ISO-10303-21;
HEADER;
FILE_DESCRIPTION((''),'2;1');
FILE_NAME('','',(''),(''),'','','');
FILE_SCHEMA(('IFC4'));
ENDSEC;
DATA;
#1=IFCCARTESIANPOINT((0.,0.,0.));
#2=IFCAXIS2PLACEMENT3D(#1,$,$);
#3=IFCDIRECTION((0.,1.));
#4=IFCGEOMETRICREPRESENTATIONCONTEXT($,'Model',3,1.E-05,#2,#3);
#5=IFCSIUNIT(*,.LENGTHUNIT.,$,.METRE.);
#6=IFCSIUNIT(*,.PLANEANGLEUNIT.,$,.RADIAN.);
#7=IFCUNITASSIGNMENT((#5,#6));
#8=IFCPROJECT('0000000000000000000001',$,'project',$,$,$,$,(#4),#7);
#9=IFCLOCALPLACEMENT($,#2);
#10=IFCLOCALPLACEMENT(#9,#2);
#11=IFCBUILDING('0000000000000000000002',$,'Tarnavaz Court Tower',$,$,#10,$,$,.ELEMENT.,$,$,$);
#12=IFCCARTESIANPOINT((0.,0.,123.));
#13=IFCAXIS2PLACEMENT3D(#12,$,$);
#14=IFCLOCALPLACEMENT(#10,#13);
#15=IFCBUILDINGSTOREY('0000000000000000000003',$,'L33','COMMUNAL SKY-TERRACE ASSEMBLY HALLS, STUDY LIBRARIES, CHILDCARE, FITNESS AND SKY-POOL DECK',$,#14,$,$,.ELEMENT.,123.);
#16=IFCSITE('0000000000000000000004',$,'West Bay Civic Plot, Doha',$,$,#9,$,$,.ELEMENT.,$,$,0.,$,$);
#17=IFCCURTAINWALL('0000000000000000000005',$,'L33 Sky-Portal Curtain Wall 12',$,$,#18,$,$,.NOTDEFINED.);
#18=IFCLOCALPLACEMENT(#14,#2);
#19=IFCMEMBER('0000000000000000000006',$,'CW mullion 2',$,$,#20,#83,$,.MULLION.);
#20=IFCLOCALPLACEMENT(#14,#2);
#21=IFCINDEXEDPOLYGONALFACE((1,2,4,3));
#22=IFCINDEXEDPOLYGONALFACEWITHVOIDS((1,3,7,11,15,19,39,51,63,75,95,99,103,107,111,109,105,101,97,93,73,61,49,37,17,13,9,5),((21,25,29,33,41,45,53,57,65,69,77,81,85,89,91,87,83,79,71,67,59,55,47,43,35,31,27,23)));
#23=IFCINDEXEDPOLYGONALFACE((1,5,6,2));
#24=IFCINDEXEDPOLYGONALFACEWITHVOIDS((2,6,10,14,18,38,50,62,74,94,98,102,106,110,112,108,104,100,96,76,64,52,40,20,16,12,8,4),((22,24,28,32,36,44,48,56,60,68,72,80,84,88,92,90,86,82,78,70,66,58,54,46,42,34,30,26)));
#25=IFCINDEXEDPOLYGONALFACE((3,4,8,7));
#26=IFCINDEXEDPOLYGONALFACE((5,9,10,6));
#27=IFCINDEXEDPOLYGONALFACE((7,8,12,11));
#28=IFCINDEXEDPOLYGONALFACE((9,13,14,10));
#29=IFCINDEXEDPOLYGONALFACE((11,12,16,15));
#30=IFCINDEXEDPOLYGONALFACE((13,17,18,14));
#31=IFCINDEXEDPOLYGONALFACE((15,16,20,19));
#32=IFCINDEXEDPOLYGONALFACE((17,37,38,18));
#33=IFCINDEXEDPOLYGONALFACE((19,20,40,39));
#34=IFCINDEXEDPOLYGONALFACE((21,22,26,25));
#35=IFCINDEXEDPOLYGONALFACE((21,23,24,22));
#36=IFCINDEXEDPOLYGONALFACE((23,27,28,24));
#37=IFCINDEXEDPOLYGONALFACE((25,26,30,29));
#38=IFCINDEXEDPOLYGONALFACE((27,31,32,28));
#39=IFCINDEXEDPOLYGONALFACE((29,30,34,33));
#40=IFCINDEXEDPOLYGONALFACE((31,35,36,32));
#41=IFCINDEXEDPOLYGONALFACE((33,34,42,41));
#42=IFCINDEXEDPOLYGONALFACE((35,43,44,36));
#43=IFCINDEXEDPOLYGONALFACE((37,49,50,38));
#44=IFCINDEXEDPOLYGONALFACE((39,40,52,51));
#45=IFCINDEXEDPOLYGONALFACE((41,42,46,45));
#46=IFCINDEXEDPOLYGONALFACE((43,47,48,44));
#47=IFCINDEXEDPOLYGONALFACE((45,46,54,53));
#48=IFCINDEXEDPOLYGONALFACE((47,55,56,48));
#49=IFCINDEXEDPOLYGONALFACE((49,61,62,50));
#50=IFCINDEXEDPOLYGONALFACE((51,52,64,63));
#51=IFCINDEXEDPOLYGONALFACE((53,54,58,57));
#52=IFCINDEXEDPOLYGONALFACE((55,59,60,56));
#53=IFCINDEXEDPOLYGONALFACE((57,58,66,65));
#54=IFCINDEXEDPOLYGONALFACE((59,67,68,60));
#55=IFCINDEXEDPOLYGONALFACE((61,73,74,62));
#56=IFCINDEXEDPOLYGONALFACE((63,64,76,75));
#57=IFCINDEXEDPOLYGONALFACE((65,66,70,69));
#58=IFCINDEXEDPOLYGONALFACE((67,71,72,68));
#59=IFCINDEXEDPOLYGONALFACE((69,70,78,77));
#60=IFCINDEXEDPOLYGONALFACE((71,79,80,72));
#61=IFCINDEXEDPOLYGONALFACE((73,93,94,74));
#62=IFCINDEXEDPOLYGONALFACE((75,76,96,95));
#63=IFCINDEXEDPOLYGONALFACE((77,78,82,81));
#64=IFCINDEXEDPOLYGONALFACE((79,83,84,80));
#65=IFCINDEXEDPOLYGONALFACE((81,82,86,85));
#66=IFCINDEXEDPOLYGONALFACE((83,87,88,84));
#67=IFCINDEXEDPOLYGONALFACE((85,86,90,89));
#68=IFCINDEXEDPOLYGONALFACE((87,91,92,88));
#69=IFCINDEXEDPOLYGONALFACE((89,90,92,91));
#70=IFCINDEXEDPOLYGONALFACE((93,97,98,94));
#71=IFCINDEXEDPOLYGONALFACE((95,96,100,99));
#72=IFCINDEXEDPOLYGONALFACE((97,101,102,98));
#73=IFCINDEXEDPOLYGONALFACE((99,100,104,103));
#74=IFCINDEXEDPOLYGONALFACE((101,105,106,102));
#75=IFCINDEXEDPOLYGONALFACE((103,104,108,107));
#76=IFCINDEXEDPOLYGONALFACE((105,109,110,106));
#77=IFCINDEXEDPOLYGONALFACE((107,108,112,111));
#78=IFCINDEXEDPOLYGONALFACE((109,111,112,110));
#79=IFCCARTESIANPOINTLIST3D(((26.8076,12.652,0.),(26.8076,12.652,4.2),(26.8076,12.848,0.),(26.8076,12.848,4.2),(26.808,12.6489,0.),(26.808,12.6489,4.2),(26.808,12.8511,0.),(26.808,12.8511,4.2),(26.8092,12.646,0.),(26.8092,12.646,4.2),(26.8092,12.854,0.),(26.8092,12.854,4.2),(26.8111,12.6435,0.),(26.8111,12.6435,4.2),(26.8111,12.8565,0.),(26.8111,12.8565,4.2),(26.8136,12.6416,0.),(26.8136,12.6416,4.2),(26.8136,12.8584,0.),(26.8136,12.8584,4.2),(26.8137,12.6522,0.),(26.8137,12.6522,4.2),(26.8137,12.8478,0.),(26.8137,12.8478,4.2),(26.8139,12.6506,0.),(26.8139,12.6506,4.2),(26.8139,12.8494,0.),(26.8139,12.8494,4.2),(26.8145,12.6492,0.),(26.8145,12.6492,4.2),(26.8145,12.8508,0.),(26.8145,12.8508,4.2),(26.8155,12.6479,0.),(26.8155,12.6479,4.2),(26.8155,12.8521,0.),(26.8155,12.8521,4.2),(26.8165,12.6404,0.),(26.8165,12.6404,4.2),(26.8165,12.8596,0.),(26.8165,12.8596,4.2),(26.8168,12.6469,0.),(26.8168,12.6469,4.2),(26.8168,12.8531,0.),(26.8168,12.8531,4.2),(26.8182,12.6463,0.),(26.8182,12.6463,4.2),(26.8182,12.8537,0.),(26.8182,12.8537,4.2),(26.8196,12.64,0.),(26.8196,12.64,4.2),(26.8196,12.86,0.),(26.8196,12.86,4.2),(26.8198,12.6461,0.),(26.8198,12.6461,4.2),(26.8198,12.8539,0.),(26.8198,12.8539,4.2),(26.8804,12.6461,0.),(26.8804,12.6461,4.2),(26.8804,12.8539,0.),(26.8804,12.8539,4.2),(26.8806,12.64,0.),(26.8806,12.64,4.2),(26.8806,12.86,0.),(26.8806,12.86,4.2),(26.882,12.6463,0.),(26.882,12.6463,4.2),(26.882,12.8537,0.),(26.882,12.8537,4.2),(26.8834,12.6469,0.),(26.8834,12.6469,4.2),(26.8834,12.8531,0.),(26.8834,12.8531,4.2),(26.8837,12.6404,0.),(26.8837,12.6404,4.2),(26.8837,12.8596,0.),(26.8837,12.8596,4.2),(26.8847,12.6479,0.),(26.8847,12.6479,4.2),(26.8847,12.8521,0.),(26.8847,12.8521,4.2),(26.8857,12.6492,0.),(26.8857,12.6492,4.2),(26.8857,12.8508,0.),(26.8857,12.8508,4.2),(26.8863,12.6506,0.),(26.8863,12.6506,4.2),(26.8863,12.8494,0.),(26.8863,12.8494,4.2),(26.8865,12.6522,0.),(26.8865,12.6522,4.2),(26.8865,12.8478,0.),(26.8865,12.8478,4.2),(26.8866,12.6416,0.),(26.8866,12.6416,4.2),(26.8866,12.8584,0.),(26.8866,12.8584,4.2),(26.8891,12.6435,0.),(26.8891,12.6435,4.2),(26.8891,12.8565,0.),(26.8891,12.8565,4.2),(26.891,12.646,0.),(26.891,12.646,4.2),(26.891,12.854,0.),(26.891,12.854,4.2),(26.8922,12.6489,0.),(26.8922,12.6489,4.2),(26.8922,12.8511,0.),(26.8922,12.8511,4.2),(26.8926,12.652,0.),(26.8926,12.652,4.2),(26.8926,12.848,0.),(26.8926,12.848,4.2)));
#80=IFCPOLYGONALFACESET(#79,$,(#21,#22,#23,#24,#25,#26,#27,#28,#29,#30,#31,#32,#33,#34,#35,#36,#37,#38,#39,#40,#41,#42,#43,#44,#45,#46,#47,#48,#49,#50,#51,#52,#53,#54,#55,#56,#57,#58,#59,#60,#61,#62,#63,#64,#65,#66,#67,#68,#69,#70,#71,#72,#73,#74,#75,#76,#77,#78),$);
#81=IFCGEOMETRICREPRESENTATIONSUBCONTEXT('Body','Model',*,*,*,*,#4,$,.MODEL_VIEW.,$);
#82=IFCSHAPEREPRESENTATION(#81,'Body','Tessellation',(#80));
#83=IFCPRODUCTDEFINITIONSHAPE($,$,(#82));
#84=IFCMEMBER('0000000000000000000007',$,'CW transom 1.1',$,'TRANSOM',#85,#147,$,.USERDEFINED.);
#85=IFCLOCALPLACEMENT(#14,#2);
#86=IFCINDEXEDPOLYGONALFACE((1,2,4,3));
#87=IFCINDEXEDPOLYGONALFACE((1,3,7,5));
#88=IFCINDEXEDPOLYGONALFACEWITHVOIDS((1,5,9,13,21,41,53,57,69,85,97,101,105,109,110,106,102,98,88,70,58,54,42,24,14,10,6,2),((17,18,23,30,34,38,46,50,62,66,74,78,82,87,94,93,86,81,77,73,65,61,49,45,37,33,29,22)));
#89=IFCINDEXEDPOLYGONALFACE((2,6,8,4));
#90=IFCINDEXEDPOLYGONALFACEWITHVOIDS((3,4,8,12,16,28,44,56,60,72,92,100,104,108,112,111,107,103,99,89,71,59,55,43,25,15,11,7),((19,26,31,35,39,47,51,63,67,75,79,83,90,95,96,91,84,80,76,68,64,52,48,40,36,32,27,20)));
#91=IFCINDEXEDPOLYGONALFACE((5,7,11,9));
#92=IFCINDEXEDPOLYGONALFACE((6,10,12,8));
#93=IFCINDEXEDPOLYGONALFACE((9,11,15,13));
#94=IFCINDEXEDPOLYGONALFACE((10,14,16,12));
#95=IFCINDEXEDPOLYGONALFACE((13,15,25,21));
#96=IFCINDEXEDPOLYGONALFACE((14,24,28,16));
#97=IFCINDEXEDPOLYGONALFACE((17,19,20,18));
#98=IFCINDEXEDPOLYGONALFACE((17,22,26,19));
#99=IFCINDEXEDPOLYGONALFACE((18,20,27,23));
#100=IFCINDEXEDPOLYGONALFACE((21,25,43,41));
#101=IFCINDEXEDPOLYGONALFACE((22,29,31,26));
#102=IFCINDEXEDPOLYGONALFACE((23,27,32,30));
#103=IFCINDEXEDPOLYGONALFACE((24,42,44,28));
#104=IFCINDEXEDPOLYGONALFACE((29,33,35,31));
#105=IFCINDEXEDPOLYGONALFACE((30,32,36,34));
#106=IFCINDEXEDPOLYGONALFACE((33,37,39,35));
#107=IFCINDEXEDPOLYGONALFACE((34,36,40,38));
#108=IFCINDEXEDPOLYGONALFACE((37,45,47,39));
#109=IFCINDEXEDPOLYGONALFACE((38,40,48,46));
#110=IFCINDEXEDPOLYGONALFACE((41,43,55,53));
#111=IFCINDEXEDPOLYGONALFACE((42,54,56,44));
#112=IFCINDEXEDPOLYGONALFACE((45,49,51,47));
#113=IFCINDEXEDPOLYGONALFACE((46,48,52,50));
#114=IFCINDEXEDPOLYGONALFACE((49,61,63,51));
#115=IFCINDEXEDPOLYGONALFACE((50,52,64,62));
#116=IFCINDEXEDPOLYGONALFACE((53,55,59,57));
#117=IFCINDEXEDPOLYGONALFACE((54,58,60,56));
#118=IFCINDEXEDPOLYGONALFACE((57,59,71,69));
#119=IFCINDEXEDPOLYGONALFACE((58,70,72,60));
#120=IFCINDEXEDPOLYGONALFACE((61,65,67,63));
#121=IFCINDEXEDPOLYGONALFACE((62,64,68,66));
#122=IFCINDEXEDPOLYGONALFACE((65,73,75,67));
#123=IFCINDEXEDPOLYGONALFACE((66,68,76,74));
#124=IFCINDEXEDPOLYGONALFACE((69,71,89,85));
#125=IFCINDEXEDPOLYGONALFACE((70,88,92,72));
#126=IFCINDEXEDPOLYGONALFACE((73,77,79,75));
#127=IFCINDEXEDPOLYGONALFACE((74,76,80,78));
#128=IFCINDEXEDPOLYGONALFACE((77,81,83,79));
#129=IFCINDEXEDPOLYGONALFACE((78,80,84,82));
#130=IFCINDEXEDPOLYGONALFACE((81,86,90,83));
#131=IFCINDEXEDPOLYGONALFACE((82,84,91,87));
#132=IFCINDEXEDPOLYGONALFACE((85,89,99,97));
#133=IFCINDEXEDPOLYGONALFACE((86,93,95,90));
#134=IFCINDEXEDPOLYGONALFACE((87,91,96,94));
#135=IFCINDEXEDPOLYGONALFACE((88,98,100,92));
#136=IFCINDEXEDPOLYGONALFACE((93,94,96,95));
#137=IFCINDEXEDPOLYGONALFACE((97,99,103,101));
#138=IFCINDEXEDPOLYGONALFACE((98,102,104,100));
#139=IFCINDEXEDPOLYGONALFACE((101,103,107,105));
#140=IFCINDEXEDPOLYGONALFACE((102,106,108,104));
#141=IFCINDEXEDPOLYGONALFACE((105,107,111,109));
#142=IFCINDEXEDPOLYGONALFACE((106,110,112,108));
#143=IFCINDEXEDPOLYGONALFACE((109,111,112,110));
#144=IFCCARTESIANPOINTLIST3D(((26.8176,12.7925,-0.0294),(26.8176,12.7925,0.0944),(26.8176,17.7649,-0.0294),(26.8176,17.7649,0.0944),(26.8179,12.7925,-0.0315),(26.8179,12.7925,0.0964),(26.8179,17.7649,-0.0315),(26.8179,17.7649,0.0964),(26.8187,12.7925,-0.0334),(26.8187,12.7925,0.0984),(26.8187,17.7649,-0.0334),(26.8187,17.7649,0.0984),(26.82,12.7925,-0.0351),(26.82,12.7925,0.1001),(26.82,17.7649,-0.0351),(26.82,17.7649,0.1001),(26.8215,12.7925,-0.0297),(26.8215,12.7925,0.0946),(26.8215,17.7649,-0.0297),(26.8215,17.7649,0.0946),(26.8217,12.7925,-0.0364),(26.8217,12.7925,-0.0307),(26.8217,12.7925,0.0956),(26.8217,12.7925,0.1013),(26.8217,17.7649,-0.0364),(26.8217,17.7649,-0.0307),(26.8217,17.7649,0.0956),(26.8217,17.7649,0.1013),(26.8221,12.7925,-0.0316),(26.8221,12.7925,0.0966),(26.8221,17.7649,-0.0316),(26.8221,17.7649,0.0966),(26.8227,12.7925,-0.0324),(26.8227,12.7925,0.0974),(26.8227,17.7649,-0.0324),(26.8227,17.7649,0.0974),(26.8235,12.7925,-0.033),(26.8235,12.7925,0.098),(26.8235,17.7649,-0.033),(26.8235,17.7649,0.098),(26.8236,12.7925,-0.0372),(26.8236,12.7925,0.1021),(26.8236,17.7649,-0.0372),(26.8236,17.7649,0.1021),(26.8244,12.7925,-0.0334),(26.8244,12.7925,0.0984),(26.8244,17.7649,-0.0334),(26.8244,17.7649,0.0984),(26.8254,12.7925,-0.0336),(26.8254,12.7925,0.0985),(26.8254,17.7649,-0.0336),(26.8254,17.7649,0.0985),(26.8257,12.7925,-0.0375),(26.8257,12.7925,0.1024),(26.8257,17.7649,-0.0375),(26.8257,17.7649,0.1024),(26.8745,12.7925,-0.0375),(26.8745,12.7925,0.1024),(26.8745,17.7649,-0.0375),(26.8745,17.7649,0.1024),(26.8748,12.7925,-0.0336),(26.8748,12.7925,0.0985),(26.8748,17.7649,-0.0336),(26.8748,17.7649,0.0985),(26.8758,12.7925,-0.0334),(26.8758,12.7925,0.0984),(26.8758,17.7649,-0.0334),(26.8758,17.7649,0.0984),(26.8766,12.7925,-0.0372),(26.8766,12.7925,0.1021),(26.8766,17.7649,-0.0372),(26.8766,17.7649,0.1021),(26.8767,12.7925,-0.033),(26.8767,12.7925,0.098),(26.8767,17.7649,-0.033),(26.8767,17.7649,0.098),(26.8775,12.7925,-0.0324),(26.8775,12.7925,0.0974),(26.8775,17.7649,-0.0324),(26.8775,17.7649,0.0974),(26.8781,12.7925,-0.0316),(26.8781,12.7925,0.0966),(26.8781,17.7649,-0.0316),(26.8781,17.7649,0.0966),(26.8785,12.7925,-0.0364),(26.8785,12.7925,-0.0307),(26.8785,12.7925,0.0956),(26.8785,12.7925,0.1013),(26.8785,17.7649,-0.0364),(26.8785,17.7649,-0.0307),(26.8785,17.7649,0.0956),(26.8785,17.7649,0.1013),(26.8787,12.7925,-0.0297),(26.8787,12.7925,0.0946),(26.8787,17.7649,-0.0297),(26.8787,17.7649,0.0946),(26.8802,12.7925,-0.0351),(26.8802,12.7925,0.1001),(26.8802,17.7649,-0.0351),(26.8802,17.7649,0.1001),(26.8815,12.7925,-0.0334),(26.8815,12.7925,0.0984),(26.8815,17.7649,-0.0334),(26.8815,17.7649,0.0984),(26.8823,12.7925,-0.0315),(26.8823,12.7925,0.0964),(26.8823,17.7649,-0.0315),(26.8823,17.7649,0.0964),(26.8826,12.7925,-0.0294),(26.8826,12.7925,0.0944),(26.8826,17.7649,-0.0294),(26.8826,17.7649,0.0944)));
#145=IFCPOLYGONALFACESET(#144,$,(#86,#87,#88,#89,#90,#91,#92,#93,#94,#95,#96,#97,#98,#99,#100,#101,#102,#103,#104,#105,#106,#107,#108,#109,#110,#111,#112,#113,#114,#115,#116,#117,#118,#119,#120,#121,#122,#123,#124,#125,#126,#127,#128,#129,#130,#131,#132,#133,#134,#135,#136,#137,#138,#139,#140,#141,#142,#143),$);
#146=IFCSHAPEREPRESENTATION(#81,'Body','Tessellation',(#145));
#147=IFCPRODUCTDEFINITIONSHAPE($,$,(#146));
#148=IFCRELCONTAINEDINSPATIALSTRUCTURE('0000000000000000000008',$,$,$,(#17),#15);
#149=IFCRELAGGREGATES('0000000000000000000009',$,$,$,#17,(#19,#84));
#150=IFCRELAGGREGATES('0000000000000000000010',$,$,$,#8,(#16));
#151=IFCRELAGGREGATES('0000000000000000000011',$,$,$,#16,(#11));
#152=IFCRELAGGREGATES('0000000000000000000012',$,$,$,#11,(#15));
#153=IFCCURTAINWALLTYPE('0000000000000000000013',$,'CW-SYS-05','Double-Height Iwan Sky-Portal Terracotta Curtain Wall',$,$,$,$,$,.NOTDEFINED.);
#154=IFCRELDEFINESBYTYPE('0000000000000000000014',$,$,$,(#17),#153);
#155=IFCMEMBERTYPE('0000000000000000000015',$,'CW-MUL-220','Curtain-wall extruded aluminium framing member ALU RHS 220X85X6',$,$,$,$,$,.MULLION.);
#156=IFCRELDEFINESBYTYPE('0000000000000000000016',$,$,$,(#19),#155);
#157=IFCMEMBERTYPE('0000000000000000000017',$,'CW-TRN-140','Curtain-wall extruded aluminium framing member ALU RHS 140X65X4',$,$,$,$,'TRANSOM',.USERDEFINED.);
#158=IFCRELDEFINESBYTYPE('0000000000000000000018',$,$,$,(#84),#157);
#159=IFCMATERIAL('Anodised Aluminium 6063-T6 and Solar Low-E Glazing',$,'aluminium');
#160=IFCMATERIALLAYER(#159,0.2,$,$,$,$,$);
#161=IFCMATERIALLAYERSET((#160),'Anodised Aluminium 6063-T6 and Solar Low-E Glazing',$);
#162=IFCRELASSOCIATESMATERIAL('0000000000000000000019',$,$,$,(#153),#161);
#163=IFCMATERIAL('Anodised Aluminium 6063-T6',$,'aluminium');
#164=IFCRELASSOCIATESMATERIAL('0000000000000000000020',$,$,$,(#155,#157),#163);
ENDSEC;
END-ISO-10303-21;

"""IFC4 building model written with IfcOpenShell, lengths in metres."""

from ifc_helpers import new_model, si_unit, direction, frame, origin, origin_2d, place, context, subcontext, project, spatial, hollow_rectangle, extrude, material, layer, layer_set, material_profile, profile_set, type_object, element, aggregate, save


model = new_model("IFC4")

# Units and contexts
model_context = context("Model", 3, precision=1e-05, world=origin(), true_north=direction((0.0, 1.0)))
body_context = subcontext(model_context, "Body", "Model", "MODEL_VIEW")
ifc_project = project(units=[si_unit("LENGTHUNIT", "METRE"), si_unit("PLANEANGLEUNIT", "RADIAN")], contexts=[model_context])

# Site, building, storey
site_placement = place(None, origin())
site = spatial("IfcSite", under=ifc_project, at=site_placement, Name="West Bay Civic Plot, Doha", CompositionType="ELEMENT", RefElevation=0.0)
building_placement = place(site_placement, origin())
building = spatial("IfcBuilding", under=site, at=building_placement, Name="Tarnavaz Court Tower", CompositionType="ELEMENT")
storey_placement = place(building_placement, frame((0.0, 0.0, 123.0)))
storey = spatial("IfcBuildingStorey", under=building, at=storey_placement, Name="L33", Description="COMMUNAL SKY-TERRACE ASSEMBLY HALLS, STUDY LIBRARIES, CHILDCARE, FITNESS AND SKY-POOL DECK", CompositionType="ELEMENT", Elevation=123.0)

# Curtain wall, members
ifc_material_1 = material(Name="Anodised Aluminium 6063-T6 and Solar Low-E Glazing", Category="aluminium")
ifc_layer_1 = layer(ifc_material_1, 0.2)
ifc_layer_set_1 = layer_set([ifc_layer_1], Name="Anodised Aluminium 6063-T6 and Solar Low-E Glazing")
curtain_wall_type = type_object("IfcCurtainWallType", Name="CW-SYS-05", Description="Double-Height Iwan Sky-Portal Terracotta Curtain Wall", PredefinedType="NOTDEFINED", material=ifc_layer_set_1)
curtain_wall_placement = place(storey_placement, origin())
curtain_wall = element("IfcCurtainWall", 1, at=curtain_wall_placement, inside=storey, type_object=curtain_wall_type, Name="L33 Sky-Portal Curtain Wall 12", PredefinedType="NOTDEFINED")
ifc_material_2 = material(Name="Anodised Aluminium 6063-T6", Category="aluminium")
ifc_material_profile_1 = material_profile(ifc_material_2, hollow_rectangle(XDim=0.085, YDim=0.22, WallThickness=0.0061, InnerFilletRadius=0.0061, OuterFilletRadius=0.012, at=origin_2d()), Name="ALU RHS 220X85X6")
ifc_profile_set_1 = profile_set([ifc_material_profile_1], Name="Anodised Aluminium 6063-T6")
member_type_1 = type_object("IfcMemberType", Name="CW-MUL-220", Description="Curtain-wall extruded aluminium framing member ALU RHS 220X85X6", PredefinedType="MULLION", material=ifc_profile_set_1)
member_1_placement = place(storey_placement, frame((26.8501, 12.75, 0.0), z_axis=(0.0, 0.0, 1.0), x_axis=(1.0, 0.0, 0.0)))
member_1 = element("IfcMember", 2, at=member_1_placement, type_object=member_type_1, Name="CW mullion 2", PredefinedType="MULLION", context=body_context, shape_type="SweptSolid", body=[
    extrude(hollow_rectangle(XDim=0.085, YDim=0.22, WallThickness=0.0061, InnerFilletRadius=0.0061, OuterFilletRadius=0.012, at=origin_2d()), origin(), (0.0, 0.0, 1.0), 4.2),
])
ifc_material_profile_2 = material_profile(ifc_material_2, hollow_rectangle(XDim=0.0649, YDim=0.1399, WallThickness=0.0039, InnerFilletRadius=0.0039, OuterFilletRadius=0.0081, at=origin_2d()), Name="ALU RHS 140X65X4")
ifc_profile_set_2 = profile_set([ifc_material_profile_2], Name="Anodised Aluminium 6063-T6")
member_type_2 = type_object("IfcMemberType", Name="CW-TRN-140", Description="Curtain-wall extruded aluminium framing member ALU RHS 140X65X4", ElementType="TRANSOM", PredefinedType="USERDEFINED", material=ifc_profile_set_2)
member_2_placement = place(storey_placement, frame((26.8501, 17.7649, 0.0325), z_axis=(0.0, -1.0, 0.0), x_axis=(1.0, 0.0, 0.0)))
member_2 = element("IfcMember", 3, at=member_2_placement, type_object=member_type_2, Name="CW transom 1.1", ObjectType="TRANSOM", PredefinedType="USERDEFINED", context=body_context, shape_type="SweptSolid", body=[
    extrude(hollow_rectangle(XDim=0.0649, YDim=0.1399, WallThickness=0.0039, InnerFilletRadius=0.0039, OuterFilletRadius=0.0081, at=origin_2d()), origin(), (0.0, 0.0, 1.0), 4.9724),
])
aggregate(curtain_wall, [member_1, member_2])

save(model, "model.ifc")
